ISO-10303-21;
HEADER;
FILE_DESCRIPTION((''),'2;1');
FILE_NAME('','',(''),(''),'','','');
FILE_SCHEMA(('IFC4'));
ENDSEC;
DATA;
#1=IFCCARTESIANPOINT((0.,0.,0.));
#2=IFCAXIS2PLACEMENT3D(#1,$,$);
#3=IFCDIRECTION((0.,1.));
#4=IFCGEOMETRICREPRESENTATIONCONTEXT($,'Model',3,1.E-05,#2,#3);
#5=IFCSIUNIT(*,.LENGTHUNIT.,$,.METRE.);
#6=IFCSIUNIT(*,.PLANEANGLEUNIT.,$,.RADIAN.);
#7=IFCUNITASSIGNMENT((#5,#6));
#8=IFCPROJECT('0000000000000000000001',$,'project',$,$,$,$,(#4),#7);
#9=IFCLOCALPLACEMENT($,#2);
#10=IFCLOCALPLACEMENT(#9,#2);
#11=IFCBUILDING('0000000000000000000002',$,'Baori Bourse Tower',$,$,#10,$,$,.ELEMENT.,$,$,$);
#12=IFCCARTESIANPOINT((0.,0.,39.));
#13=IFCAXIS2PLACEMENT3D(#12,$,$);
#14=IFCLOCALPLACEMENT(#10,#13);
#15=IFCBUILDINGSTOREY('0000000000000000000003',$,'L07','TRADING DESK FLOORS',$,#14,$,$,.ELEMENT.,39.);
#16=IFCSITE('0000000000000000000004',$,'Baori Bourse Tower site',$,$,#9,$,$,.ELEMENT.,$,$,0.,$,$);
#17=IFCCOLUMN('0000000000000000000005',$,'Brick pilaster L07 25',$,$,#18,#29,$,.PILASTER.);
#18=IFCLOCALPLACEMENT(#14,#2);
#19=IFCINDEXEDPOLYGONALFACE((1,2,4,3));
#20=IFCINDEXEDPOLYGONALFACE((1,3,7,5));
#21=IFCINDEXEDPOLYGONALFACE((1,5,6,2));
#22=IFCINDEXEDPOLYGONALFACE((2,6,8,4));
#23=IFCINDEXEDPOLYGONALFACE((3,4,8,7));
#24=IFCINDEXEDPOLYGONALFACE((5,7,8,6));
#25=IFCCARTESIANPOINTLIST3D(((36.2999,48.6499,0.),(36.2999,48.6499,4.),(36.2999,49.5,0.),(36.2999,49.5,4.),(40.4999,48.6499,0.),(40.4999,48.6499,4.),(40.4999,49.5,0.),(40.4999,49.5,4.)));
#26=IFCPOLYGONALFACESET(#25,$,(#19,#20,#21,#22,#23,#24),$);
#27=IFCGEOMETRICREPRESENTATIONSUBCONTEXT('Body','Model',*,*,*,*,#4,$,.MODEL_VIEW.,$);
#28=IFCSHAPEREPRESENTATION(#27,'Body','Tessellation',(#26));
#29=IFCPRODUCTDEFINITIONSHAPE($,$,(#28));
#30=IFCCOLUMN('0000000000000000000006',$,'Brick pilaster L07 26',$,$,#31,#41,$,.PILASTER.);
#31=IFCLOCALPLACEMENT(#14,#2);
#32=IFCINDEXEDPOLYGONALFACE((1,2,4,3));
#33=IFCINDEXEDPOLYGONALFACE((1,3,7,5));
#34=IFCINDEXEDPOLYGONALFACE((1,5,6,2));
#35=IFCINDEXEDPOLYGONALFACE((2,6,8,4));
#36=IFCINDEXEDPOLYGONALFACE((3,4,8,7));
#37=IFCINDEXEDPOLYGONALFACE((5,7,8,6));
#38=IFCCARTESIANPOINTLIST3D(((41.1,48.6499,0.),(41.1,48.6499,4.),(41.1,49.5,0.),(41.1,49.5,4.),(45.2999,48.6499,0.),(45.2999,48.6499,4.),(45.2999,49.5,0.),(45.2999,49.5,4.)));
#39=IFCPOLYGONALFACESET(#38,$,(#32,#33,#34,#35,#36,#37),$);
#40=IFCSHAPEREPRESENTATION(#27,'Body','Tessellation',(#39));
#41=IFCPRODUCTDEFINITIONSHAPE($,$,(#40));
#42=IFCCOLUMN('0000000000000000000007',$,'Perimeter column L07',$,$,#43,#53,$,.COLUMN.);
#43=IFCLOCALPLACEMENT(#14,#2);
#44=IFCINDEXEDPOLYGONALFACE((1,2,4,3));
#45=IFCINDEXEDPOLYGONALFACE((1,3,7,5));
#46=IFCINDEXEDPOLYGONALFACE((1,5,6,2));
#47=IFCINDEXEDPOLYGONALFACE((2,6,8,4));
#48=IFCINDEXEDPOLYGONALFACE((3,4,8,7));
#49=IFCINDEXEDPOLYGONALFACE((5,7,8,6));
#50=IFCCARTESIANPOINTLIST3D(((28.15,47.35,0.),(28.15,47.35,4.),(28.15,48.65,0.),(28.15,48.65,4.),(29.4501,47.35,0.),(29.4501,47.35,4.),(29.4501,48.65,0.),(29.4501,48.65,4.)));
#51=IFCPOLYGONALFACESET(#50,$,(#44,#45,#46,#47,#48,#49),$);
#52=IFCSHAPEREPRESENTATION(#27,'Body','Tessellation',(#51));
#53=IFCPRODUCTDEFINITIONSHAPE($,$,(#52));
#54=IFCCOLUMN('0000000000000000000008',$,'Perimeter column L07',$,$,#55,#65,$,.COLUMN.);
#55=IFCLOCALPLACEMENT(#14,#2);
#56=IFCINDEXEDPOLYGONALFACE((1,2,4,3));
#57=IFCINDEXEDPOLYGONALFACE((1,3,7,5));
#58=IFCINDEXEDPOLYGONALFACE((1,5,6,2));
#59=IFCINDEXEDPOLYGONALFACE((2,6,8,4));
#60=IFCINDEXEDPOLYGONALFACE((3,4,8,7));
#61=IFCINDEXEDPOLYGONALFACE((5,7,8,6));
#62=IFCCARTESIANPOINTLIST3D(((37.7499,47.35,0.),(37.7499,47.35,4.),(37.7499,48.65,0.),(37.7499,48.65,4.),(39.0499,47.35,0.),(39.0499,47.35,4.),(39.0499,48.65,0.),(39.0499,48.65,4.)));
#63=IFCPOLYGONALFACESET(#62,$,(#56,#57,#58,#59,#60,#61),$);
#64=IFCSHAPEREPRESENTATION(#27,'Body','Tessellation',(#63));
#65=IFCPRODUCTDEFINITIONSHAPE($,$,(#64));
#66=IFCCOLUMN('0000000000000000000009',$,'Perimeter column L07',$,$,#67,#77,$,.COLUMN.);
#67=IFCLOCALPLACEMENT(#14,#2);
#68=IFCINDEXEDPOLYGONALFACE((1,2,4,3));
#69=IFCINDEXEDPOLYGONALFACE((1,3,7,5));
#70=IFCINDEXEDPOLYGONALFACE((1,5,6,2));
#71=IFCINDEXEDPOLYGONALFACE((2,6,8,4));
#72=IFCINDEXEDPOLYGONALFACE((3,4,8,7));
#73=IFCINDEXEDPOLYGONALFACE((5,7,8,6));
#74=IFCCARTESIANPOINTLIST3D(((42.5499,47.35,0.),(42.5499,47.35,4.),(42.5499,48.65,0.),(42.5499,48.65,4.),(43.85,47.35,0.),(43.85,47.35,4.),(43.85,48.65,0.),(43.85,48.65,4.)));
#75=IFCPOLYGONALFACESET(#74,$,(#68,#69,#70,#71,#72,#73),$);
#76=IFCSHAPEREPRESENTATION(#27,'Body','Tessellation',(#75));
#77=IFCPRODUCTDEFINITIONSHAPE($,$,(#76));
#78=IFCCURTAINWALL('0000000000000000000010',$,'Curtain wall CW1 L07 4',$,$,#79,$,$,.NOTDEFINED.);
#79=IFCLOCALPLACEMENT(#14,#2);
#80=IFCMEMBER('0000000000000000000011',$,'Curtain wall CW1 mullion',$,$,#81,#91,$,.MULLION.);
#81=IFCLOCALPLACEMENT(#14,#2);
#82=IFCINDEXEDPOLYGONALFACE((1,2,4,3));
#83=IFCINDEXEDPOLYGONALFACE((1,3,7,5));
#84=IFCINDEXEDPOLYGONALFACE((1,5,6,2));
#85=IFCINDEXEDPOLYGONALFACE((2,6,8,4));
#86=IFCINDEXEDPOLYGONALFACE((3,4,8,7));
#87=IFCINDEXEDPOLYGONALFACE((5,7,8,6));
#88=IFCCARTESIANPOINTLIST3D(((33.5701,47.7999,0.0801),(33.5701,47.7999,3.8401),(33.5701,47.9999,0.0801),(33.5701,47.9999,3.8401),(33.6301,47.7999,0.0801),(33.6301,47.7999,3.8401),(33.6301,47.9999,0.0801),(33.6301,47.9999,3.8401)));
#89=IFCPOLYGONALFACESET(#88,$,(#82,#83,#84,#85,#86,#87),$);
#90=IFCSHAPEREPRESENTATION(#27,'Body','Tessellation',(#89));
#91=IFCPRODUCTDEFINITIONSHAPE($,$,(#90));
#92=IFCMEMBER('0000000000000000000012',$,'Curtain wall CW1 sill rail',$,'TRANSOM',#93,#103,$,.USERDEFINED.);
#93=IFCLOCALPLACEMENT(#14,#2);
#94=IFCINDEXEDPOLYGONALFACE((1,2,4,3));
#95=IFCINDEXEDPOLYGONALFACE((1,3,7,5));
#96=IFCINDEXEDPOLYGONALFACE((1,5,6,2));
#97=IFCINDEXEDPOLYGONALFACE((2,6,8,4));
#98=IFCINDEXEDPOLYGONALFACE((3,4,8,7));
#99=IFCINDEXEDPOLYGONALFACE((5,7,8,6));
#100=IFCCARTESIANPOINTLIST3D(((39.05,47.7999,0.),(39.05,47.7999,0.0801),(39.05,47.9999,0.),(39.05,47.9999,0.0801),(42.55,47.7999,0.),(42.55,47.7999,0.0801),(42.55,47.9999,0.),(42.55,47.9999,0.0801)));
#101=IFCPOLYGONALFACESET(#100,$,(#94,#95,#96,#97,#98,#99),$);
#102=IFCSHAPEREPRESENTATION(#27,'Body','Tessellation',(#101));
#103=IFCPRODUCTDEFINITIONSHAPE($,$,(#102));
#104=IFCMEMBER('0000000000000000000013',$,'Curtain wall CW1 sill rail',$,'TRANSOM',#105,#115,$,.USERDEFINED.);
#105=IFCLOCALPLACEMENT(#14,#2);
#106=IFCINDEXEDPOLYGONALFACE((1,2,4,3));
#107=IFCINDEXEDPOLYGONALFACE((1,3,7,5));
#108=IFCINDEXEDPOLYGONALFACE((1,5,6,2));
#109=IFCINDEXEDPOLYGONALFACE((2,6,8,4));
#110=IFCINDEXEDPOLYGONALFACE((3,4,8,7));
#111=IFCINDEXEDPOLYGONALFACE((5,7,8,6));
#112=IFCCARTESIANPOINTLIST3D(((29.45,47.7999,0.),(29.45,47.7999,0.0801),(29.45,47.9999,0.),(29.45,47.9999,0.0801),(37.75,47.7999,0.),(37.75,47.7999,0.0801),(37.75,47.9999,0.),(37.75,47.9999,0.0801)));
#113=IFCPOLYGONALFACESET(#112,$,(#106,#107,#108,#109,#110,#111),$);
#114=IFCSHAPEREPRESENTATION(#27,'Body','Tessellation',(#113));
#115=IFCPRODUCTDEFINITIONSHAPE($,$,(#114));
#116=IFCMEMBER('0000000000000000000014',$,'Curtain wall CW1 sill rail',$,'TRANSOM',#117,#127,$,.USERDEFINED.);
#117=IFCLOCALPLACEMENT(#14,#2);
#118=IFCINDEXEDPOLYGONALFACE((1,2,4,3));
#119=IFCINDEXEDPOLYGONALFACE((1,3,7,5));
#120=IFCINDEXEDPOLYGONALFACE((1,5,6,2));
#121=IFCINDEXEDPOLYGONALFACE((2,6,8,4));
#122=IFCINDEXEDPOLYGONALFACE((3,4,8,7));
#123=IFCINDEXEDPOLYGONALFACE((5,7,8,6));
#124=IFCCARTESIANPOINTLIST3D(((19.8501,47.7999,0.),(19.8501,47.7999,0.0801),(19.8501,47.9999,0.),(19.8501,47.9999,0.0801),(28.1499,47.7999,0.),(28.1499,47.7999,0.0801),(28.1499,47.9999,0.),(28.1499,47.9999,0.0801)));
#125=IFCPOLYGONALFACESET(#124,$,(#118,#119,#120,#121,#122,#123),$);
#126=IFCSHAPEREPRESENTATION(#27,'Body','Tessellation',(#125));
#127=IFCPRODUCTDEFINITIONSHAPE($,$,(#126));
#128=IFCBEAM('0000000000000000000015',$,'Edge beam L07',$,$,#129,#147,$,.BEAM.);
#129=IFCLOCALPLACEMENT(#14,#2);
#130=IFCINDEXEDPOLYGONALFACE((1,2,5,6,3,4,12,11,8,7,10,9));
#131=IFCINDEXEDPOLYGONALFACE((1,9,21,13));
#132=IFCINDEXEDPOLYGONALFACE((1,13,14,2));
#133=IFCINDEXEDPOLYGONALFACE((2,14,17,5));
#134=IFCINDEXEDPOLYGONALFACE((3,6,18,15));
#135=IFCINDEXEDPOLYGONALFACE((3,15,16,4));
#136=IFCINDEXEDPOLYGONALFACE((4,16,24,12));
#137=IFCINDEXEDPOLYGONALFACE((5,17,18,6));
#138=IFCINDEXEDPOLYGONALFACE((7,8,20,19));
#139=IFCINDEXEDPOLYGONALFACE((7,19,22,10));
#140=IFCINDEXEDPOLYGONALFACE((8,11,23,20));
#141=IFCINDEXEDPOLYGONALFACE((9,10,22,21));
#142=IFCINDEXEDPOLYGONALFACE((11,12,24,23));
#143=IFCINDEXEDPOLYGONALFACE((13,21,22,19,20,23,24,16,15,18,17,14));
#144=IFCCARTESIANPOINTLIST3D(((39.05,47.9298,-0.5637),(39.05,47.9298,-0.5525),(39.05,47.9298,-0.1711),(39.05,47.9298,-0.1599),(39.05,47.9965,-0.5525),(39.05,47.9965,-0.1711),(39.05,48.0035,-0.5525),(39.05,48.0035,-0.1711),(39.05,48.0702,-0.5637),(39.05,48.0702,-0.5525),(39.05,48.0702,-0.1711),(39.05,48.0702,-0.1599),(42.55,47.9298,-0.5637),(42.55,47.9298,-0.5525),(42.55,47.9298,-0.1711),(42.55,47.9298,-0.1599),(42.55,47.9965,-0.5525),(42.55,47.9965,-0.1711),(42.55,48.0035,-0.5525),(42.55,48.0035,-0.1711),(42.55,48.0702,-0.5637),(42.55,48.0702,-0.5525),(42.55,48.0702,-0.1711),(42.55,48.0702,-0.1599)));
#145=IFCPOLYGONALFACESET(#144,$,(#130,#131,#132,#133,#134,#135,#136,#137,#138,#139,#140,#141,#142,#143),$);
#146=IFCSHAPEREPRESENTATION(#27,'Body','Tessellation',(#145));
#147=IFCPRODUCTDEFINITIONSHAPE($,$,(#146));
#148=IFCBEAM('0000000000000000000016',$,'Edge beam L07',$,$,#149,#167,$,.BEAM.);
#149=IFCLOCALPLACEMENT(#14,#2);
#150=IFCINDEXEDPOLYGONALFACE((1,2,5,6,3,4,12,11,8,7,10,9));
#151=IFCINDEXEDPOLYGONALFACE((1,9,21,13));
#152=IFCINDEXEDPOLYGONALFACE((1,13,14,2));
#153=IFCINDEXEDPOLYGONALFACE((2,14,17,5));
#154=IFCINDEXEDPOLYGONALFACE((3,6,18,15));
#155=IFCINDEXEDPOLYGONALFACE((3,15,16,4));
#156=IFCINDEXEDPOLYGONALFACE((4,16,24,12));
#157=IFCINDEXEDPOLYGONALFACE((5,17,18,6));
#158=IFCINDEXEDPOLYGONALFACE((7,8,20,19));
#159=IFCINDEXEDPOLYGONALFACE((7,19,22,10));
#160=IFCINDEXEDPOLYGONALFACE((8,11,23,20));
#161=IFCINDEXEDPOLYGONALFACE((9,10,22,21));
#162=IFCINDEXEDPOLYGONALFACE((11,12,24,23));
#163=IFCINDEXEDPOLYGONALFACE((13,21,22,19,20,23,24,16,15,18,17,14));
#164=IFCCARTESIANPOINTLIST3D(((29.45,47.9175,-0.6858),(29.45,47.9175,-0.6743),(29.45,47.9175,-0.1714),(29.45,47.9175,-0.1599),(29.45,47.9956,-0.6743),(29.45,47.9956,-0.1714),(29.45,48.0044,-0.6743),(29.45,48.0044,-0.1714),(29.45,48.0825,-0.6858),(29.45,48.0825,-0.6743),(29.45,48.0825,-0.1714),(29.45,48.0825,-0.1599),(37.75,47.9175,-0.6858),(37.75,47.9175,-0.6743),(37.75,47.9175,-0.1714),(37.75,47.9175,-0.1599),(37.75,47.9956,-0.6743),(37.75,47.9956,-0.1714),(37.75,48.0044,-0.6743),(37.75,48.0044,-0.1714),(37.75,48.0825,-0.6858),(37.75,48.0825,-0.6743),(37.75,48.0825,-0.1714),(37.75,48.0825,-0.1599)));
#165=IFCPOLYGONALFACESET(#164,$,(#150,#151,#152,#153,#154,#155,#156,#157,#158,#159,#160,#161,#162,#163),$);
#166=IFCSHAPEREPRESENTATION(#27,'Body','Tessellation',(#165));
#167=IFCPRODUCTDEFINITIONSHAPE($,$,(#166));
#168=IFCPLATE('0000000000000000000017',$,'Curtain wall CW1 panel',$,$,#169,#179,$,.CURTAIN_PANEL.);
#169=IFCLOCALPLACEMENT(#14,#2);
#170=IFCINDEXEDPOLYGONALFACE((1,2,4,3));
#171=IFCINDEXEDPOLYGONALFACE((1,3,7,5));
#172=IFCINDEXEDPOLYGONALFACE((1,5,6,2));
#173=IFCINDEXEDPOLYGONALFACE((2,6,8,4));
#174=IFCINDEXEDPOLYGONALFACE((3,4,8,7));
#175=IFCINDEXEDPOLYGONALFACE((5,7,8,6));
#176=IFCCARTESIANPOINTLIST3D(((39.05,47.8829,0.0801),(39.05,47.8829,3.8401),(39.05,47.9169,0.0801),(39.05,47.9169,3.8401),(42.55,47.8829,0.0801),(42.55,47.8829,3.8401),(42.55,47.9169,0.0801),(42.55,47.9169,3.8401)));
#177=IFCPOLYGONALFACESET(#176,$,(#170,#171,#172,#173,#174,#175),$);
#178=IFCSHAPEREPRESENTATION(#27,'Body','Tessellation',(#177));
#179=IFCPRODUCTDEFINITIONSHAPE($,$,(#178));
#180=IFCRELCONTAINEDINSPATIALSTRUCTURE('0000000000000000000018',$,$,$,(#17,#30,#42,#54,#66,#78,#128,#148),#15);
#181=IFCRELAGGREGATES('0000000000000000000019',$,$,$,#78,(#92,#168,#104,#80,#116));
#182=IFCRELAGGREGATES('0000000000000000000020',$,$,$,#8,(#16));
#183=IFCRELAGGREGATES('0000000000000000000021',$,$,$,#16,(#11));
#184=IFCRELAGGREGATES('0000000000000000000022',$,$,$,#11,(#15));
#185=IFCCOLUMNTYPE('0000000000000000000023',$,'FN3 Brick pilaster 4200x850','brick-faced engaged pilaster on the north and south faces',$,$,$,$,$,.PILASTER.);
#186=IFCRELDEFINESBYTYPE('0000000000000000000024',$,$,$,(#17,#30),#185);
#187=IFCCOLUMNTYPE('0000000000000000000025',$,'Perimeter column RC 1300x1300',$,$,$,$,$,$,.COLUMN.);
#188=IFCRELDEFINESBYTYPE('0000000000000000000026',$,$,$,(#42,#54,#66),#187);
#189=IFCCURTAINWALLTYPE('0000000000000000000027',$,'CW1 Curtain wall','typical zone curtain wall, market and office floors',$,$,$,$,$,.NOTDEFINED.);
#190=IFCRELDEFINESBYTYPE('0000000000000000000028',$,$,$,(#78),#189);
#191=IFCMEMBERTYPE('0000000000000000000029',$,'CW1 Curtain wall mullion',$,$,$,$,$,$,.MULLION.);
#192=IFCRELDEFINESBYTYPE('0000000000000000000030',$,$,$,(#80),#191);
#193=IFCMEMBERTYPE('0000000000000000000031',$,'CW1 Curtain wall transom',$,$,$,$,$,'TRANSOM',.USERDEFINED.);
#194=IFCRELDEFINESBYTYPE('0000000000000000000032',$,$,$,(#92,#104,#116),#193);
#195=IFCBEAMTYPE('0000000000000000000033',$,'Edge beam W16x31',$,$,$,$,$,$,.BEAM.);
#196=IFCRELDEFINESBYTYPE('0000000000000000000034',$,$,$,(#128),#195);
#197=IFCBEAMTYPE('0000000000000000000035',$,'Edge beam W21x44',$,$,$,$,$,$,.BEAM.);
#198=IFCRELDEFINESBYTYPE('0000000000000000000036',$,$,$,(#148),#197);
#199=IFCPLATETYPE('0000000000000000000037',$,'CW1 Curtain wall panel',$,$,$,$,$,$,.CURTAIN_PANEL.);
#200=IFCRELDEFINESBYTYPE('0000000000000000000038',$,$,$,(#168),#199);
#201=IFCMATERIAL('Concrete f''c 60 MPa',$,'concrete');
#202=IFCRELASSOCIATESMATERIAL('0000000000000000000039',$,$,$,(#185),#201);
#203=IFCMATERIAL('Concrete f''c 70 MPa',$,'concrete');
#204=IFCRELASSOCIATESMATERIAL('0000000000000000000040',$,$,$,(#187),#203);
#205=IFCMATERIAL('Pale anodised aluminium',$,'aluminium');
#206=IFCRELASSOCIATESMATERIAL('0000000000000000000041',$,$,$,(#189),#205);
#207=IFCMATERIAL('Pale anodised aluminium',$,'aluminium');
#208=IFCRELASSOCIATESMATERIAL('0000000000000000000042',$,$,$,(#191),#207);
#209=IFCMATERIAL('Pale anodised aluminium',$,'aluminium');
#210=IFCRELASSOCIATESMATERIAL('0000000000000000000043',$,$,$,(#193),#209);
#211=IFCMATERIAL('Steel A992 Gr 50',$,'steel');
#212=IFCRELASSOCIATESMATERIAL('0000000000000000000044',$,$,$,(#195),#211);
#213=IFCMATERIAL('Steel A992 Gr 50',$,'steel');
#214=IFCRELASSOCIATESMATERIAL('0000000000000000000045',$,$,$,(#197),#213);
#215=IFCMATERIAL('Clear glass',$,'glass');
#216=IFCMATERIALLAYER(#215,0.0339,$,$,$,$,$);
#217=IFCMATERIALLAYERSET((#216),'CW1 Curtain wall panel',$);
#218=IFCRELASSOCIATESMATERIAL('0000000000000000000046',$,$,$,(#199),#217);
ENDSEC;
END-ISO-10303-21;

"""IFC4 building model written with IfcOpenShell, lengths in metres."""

from ifc_helpers import new_model, si_unit, direction, frame, origin, origin_2d, place, context, subcontext, project, spatial, rectangle, i_section, extrude, material, layer, layer_set, material_profile, profile_set, type_object, element, aggregate, save


model = new_model("IFC4")

# Units and contexts
model_context = context("Model", 3, precision=1e-05, world=origin(), true_north=direction((0.0, 1.0)))
body_context = subcontext(model_context, "Body", "Model", "MODEL_VIEW")
ifc_project = project(units=[si_unit("LENGTHUNIT", "METRE"), si_unit("PLANEANGLEUNIT", "RADIAN")], contexts=[model_context])

# Site, building, storey
site_placement = place(None, origin())
site = spatial("IfcSite", under=ifc_project, at=site_placement, Name="Baori Bourse Tower site", CompositionType="ELEMENT", RefElevation=0.0)
building_placement = place(site_placement, origin())
building = spatial("IfcBuilding", under=site, at=building_placement, Name="Baori Bourse Tower", CompositionType="ELEMENT")
storey_placement = place(building_placement, frame((0.0, 0.0, 39.0)))
storey = spatial("IfcBuildingStorey", under=building, at=storey_placement, Name="L07", Description="TRADING DESK FLOORS", CompositionType="ELEMENT", Elevation=39.0)

# Columns
ifc_material_1 = material(Name="Concrete f'c 60 MPa", Category="concrete")
ifc_material_profile_1 = material_profile(ifc_material_1, rectangle(XDim=4.2, YDim=0.8501, at=origin_2d()), Name="RC 4200x850")
ifc_profile_set_1 = profile_set([ifc_material_profile_1], Name="Concrete f'c 60 MPa")
column_type_1 = type_object("IfcColumnType", Name="FN3 Brick pilaster 4200x850", Description="brick-faced engaged pilaster on the north and south faces", PredefinedType="PILASTER", material=ifc_profile_set_1)
for number, where, z_axis, x_axis, name in (
    (1, (38.3999, 49.075, 0.0), (0.0, 0.0, 1.0), (1.0, 0.0, 0.0), "Brick pilaster L07 25"),
    (2, (43.2, 49.075, 0.0), (0.0, 0.0, 1.0), (1.0, 0.0, 0.0), "Brick pilaster L07 26"),
):
    element("IfcColumn", number, at=place(storey_placement, frame(where, z_axis=z_axis, x_axis=x_axis)), inside=storey, type_object=column_type_1, Name=name, PredefinedType="PILASTER", context=body_context, shape_type="SweptSolid", body=[
        extrude(rectangle(XDim=4.2, YDim=0.8501, at=origin_2d()), origin(), (0.0, 0.0, 1.0), 4.0),
    ])
ifc_material_2 = material(Name="Concrete f'c 70 MPa", Category="concrete")
ifc_material_profile_2 = material_profile(ifc_material_2, rectangle(XDim=1.3, YDim=1.3, at=origin_2d()), Name="RC 1300x1300")
ifc_profile_set_2 = profile_set([ifc_material_profile_2], Name="Concrete f'c 70 MPa")
column_type_2 = type_object("IfcColumnType", Name="Perimeter column RC 1300x1300", PredefinedType="COLUMN", material=ifc_profile_set_2)
for number, where, z_axis, x_axis, name in (
    (3, (28.8, 48.0, 0.0), (0.0, 0.0, 1.0), (1.0, 0.0, 0.0), "Perimeter column L07"),
    (4, (38.3999, 48.0, 0.0), (0.0, 0.0, 1.0), (1.0, 0.0, 0.0), "Perimeter column L07"),
    (5, (43.2, 48.0, 0.0), (0.0, 0.0, 1.0), (1.0, 0.0, 0.0), "Perimeter column L07"),
):
    element("IfcColumn", number, at=place(storey_placement, frame(where, z_axis=z_axis, x_axis=x_axis)), inside=storey, type_object=column_type_2, Name=name, PredefinedType="COLUMN", context=body_context, shape_type="SweptSolid", body=[
        extrude(rectangle(XDim=1.3, YDim=1.3, at=origin_2d()), origin(), (0.0, 0.0, 1.0), 4.0),
    ])

# Curtain wall, members
ifc_material_3 = material(Name="Pale anodised aluminium", Category="aluminium")
curtain_wall_type = type_object("IfcCurtainWallType", Name="CW1 Curtain wall", Description="typical zone curtain wall, market and office floors", PredefinedType="NOTDEFINED", material=ifc_material_3)
curtain_wall_placement = place(storey_placement, origin())
curtain_wall = element("IfcCurtainWall", 6, at=curtain_wall_placement, inside=storey, type_object=curtain_wall_type, Name="Curtain wall CW1 L07 4", PredefinedType="NOTDEFINED")
ifc_material_4 = material(Name="Pale anodised aluminium", Category="aluminium")
ifc_material_profile_3 = material_profile(ifc_material_4, rectangle(XDim=0.2, YDim=0.0601, at=origin_2d()), Name="Mullion 60x200")
ifc_profile_set_3 = profile_set([ifc_material_profile_3], Name="Pale anodised aluminium")
member_type_1 = type_object("IfcMemberType", Name="CW1 Curtain wall mullion", PredefinedType="MULLION", material=ifc_profile_set_3)
member_1_placement = place(storey_placement, frame((33.6001, 47.8999, 0.0801), z_axis=(0.0, 0.0, 1.0), x_axis=(0.0, -1.0, 0.0)))
member_1 = element("IfcMember", 7, at=member_1_placement, type_object=member_type_1, Name="Curtain wall CW1 mullion", PredefinedType="MULLION", context=body_context, shape_type="SweptSolid", body=[
    extrude(rectangle(XDim=0.2, YDim=0.0601, at=origin_2d()), origin(), (0.0, 0.0, 1.0), 3.76),
])
ifc_material_5 = material(Name="Pale anodised aluminium", Category="aluminium")
ifc_material_profile_4 = material_profile(ifc_material_5, rectangle(XDim=0.2, YDim=0.0801, at=origin_2d()), Name="Transom 80x200")
ifc_profile_set_4 = profile_set([ifc_material_profile_4], Name="Pale anodised aluminium")
member_type_2 = type_object("IfcMemberType", Name="CW1 Curtain wall transom", ElementType="TRANSOM", PredefinedType="USERDEFINED", material=ifc_profile_set_4)
member_2_placement = place(storey_placement, frame((42.55, 47.8999, 0.04), z_axis=(-1.0, 0.0, 0.0), x_axis=(0.0, -1.0, 0.0)))
member_2 = element("IfcMember", 8, at=member_2_placement, type_object=member_type_2, Name="Curtain wall CW1 sill rail", ObjectType="TRANSOM", PredefinedType="USERDEFINED", context=body_context, shape_type="SweptSolid", body=[
    extrude(rectangle(XDim=0.2, YDim=0.0801, at=origin_2d()), origin(), (0.0, 0.0, 1.0), 3.5),
])
member_3_placement = place(storey_placement, frame((37.75, 47.8999, 0.04), z_axis=(-1.0, 0.0, 0.0), x_axis=(0.0, -1.0, 0.0)))
member_3 = element("IfcMember", 9, at=member_3_placement, type_object=member_type_2, Name="Curtain wall CW1 sill rail", ObjectType="TRANSOM", PredefinedType="USERDEFINED", context=body_context, shape_type="SweptSolid", body=[
    extrude(rectangle(XDim=0.2, YDim=0.0801, at=origin_2d()), origin(), (0.0, 0.0, 1.0), 8.3),
])
member_4_placement = place(storey_placement, frame((28.1499, 47.8999, 0.04), z_axis=(-1.0, 0.0, 0.0), x_axis=(0.0, -1.0, 0.0)))
member_4 = element("IfcMember", 10, at=member_4_placement, type_object=member_type_2, Name="Curtain wall CW1 sill rail", ObjectType="TRANSOM", PredefinedType="USERDEFINED", context=body_context, shape_type="SweptSolid", body=[
    extrude(rectangle(XDim=0.2, YDim=0.0801, at=origin_2d()), origin(), (0.0, 0.0, 1.0), 8.2998),
])

# Beams
ifc_material_6 = material(Name="Steel A992 Gr 50", Category="steel")
ifc_material_profile_5 = material_profile(ifc_material_6, i_section(OverallWidth=0.1404, OverallDepth=0.4038, WebThickness=0.0071, FlangeThickness=0.0112, at=origin_2d()), Name="W16x31")
ifc_profile_set_5 = profile_set([ifc_material_profile_5], Name="Steel A992 Gr 50")
beam_type_1 = type_object("IfcBeamType", Name="Edge beam W16x31", PredefinedType="BEAM", material=ifc_profile_set_5)
beam_1_placement = place(storey_placement, frame((39.05, 48.0, -0.3618), z_axis=(1.0, 0.0, 0.0), x_axis=(0.0, 1.0, 0.0)))
element("IfcBeam", 11, at=beam_1_placement, inside=storey, type_object=beam_type_1, Name="Edge beam L07", PredefinedType="BEAM", context=body_context, shape_type="SweptSolid", body=[
    extrude(i_section(OverallWidth=0.1404, OverallDepth=0.4038, WebThickness=0.0071, FlangeThickness=0.0112, at=origin_2d()), origin(), (0.0, 0.0, 1.0), 3.5),
])
ifc_material_7 = material(Name="Steel A992 Gr 50", Category="steel")
ifc_material_profile_6 = material_profile(ifc_material_7, i_section(OverallWidth=0.165, OverallDepth=0.5259, WebThickness=0.0088, FlangeThickness=0.0115, at=origin_2d()), Name="W21x44")
ifc_profile_set_6 = profile_set([ifc_material_profile_6], Name="Steel A992 Gr 50")
beam_type_2 = type_object("IfcBeamType", Name="Edge beam W21x44", PredefinedType="BEAM", material=ifc_profile_set_6)
beam_2_placement = place(storey_placement, frame((29.45, 48.0, -0.4229), z_axis=(1.0, 0.0, 0.0), x_axis=(0.0, 1.0, 0.0)))
element("IfcBeam", 12, at=beam_2_placement, inside=storey, type_object=beam_type_2, Name="Edge beam L07", PredefinedType="BEAM", context=body_context, shape_type="SweptSolid", body=[
    extrude(i_section(OverallWidth=0.165, OverallDepth=0.5259, WebThickness=0.0088, FlangeThickness=0.0115, at=origin_2d()), origin(), (0.0, 0.0, 1.0), 8.3),
])

# Plate
ifc_material_8 = material(Name="Clear glass", Category="glass")
ifc_layer_1 = layer(ifc_material_8, 0.0339)
ifc_layer_set_1 = layer_set([ifc_layer_1], Name="CW1 Curtain wall panel")
plate_type = type_object("IfcPlateType", Name="CW1 Curtain wall panel", PredefinedType="CURTAIN_PANEL", material=ifc_layer_set_1)
plate_1_placement = place(storey_placement, frame((40.8, 47.8999, 0.0801), z_axis=(0.0, 0.0, 1.0), x_axis=(-1.0, 0.0, 0.0)))
plate_1 = element("IfcPlate", 13, at=plate_1_placement, type_object=plate_type, Name="Curtain wall CW1 panel", PredefinedType="CURTAIN_PANEL", context=body_context, shape_type="SweptSolid", body=[
    extrude(rectangle(XDim=3.5, YDim=0.0339, at=origin_2d()), origin(), (0.0, 0.0, 1.0), 3.76),
])
aggregate(curtain_wall, [member_2, plate_1, member_3, member_1, member_4])

save(model, "model.ifc")
